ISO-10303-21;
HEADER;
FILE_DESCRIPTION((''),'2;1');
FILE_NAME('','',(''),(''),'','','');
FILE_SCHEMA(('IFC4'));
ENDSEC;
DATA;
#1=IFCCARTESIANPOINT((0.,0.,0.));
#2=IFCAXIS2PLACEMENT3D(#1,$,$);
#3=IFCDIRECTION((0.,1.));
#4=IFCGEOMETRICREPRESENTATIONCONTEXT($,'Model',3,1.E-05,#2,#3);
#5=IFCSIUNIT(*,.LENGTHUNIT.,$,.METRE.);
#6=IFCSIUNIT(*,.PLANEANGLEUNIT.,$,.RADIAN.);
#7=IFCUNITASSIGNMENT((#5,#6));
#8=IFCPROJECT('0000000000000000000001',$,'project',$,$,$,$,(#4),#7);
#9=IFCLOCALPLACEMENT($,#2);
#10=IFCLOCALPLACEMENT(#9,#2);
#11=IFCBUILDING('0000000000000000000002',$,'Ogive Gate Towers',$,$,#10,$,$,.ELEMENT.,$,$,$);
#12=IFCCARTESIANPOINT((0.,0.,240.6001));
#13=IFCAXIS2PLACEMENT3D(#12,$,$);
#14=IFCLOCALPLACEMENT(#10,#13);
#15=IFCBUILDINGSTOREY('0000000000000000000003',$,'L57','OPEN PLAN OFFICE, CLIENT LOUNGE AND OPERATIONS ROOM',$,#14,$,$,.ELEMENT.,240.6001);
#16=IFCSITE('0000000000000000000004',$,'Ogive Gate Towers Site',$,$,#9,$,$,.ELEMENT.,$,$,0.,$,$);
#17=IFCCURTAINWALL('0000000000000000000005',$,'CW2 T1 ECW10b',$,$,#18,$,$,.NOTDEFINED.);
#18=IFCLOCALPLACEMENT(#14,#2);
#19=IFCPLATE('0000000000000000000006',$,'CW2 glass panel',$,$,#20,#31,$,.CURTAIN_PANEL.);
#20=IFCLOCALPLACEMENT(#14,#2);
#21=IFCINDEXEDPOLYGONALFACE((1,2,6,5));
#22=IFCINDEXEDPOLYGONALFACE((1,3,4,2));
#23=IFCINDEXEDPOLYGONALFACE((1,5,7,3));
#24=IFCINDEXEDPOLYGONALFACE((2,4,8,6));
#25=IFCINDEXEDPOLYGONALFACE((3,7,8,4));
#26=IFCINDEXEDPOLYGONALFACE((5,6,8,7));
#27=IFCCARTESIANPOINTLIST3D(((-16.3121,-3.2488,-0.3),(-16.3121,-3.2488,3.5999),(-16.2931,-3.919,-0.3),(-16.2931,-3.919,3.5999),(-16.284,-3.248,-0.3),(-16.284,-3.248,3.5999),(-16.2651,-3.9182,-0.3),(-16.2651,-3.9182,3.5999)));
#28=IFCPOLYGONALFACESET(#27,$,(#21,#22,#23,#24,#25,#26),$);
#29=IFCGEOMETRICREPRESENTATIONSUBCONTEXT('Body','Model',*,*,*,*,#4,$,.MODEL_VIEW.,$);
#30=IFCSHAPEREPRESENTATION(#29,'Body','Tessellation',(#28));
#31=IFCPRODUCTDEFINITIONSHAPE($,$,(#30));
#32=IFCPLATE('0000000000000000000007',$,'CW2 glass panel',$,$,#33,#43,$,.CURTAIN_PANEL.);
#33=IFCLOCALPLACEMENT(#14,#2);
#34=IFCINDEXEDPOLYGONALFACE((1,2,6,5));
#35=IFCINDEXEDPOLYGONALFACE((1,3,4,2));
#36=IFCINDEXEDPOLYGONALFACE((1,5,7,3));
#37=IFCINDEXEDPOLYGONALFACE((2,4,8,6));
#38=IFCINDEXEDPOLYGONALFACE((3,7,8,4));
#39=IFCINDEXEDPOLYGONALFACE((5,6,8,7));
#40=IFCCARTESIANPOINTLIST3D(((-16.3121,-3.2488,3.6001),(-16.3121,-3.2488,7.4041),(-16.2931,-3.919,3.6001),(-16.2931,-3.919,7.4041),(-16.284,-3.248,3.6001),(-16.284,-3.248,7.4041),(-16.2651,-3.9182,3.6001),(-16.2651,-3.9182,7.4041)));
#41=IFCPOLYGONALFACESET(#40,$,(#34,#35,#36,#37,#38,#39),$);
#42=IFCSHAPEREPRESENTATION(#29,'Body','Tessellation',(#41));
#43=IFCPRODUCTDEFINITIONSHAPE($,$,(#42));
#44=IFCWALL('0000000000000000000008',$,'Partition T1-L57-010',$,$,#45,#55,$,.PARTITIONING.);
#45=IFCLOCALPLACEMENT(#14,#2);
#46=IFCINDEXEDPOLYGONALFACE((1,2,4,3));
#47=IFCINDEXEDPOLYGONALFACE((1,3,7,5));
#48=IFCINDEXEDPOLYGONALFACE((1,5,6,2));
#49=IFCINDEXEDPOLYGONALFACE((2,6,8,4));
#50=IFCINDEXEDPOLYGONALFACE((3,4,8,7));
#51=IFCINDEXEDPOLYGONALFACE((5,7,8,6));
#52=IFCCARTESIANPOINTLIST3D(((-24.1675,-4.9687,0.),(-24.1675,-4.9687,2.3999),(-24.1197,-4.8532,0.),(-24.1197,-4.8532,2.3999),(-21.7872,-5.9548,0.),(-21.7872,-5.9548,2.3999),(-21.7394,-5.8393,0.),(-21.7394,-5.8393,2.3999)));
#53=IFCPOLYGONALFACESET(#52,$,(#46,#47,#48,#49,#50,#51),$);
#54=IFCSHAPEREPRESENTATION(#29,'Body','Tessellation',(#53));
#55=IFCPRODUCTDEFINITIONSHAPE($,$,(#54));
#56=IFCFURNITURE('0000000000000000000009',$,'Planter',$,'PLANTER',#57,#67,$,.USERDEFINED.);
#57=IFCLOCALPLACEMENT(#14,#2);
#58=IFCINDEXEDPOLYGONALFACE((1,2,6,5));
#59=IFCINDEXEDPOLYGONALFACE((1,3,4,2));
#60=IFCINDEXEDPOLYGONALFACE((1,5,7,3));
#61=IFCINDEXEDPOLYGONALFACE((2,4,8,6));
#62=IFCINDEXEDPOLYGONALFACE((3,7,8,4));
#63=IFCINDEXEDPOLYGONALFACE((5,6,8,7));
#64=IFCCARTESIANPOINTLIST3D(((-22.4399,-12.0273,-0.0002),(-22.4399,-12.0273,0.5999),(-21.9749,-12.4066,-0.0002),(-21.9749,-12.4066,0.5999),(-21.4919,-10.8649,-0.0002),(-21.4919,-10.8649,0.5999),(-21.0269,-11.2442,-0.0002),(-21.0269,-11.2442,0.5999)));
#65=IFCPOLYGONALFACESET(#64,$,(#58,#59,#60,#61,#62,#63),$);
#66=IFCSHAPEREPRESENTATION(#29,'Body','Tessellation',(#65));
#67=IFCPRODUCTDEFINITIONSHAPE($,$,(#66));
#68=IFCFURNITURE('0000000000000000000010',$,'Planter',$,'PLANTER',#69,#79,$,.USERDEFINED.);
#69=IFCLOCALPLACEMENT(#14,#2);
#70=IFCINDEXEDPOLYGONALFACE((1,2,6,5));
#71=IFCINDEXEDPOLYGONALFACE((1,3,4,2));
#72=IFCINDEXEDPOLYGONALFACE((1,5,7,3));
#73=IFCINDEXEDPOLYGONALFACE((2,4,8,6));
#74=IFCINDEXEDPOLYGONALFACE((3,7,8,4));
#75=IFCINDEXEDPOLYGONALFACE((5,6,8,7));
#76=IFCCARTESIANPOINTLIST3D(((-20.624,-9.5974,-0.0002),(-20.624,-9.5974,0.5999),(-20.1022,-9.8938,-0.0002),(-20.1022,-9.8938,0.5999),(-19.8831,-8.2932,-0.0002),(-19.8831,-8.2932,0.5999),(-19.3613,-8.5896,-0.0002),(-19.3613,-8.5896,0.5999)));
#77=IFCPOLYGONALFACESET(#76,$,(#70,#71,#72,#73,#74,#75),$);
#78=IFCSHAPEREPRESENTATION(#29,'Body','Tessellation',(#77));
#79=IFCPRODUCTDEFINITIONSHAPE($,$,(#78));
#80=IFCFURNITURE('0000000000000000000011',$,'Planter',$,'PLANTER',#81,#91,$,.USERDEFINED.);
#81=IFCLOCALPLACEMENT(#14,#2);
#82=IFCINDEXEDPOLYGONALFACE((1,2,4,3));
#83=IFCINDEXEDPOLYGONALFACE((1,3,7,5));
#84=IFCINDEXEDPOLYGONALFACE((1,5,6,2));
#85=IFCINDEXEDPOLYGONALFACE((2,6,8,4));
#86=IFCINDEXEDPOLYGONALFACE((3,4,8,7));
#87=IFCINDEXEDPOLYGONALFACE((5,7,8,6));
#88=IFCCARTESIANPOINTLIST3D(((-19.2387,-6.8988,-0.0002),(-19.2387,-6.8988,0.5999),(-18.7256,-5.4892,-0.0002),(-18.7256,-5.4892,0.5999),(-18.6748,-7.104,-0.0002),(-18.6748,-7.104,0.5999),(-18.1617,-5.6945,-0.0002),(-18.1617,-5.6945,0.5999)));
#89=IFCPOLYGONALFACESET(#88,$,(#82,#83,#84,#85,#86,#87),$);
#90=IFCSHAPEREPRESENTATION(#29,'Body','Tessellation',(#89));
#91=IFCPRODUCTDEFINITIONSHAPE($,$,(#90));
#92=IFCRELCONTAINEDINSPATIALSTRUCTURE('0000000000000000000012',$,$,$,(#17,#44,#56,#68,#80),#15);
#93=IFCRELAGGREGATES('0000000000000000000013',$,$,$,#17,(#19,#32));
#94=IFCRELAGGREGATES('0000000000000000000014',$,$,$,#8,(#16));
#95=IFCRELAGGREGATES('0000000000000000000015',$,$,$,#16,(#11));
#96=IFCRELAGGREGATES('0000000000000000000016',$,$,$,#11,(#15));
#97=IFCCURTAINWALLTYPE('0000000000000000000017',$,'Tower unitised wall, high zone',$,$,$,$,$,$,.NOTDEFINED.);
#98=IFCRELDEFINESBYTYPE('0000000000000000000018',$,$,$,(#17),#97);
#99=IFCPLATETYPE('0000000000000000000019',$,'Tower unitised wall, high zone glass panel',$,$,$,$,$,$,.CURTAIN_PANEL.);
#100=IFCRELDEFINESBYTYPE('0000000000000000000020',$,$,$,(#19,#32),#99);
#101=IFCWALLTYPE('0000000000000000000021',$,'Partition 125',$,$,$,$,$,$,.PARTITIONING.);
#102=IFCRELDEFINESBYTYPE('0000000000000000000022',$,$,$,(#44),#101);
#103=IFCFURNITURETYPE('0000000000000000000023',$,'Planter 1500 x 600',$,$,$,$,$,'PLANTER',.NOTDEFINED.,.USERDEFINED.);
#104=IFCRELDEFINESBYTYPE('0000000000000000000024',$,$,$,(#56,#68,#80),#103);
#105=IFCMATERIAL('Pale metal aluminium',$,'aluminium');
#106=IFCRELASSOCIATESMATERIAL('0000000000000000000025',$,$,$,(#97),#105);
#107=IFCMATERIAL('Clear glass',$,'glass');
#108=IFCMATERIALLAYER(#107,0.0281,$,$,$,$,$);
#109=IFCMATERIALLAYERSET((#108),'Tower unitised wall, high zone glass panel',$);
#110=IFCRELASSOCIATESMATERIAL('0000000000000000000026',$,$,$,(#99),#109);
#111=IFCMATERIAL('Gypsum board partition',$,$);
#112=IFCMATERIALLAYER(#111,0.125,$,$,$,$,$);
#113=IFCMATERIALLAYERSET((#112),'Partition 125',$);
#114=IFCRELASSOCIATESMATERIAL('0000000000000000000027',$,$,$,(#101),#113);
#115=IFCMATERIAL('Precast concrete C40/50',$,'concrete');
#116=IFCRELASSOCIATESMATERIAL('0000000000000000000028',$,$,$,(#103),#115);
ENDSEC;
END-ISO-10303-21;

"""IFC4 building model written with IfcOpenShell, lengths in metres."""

from ifc_helpers import new_model, si_unit, direction, frame, frame_2d, origin, origin_2d, place, context, subcontext, project, spatial, rectangle, extrude, material, layer, layer_set, type_object, element, aggregate, save


model = new_model("IFC4")

# Units and contexts
model_context = context("Model", 3, precision=1e-05, world=origin(), true_north=direction((0.0, 1.0)))
body_context = subcontext(model_context, "Body", "Model", "MODEL_VIEW")
ifc_project = project(units=[si_unit("LENGTHUNIT", "METRE"), si_unit("PLANEANGLEUNIT", "RADIAN")], contexts=[model_context])

# Site, building, storey
site_placement = place(None, origin())
site = spatial("IfcSite", under=ifc_project, at=site_placement, Name="Ogive Gate Towers Site", CompositionType="ELEMENT", RefElevation=0.0)
building_placement = place(site_placement, origin())
building = spatial("IfcBuilding", under=site, at=building_placement, Name="Ogive Gate Towers", CompositionType="ELEMENT")
storey_placement = place(building_placement, frame((0.0, 0.0, 240.6001)))
storey = spatial("IfcBuildingStorey", under=building, at=storey_placement, Name="L57", Description="OPEN PLAN OFFICE, CLIENT LOUNGE AND OPERATIONS ROOM", CompositionType="ELEMENT", Elevation=240.6001)

# Shared definitions
ifc_material_1 = material(Name="Pale metal aluminium", Category="aluminium")

# Curtain wall
curtain_wall_type_1 = type_object("IfcCurtainWallType", Name="Tower unitised wall, high zone", PredefinedType="NOTDEFINED", material=ifc_material_1)
curtain_wall_1_placement = place(storey_placement, origin())
curtain_wall_1 = element("IfcCurtainWall", 1, at=curtain_wall_1_placement, inside=storey, type_object=curtain_wall_type_1, Name="CW2 T1 ECW10b", PredefinedType="NOTDEFINED")

# Plates
ifc_material_2 = material(Name="Clear glass", Category="glass")
ifc_layer_1 = layer(ifc_material_2, 0.0281)
ifc_layer_set_1 = layer_set([ifc_layer_1], Name="Tower unitised wall, high zone glass panel")
plate_type_1 = type_object("IfcPlateType", Name="Tower unitised wall, high zone glass panel", PredefinedType="CURTAIN_PANEL", material=ifc_layer_set_1)
plate_1_placement = place(storey_placement, frame((-16.2886, -3.5835, -0.3), z_axis=(0.0, 0.0, 1.0), x_axis=(-0.028305, 0.999599, 0.0)))
plate_1 = element("IfcPlate", 2, at=plate_1_placement, type_object=plate_type_1, Name="CW2 glass panel", PredefinedType="CURTAIN_PANEL", context=body_context, shape_type="SweptSolid", body=[
    extrude(rectangle(XDim=0.6704, YDim=0.0281, at=origin_2d()), origin(), (0.0, 0.0, 1.0), 3.8999),
])
plate_2_placement = place(storey_placement, frame((-16.2886, -3.5835, 3.6001), z_axis=(0.0, 0.0, 1.0), x_axis=(-0.028305, 0.999599, 0.0)))
plate_2 = element("IfcPlate", 3, at=plate_2_placement, type_object=plate_type_1, Name="CW2 glass panel", PredefinedType="CURTAIN_PANEL", context=body_context, shape_type="SweptSolid", body=[
    extrude(rectangle(XDim=0.6704, YDim=0.0281, at=origin_2d()), origin(), (0.0, 0.0, 1.0), 3.804),
])
aggregate(curtain_wall_1, [plate_1, plate_2])

# Wall
ifc_material_3 = material(Name="Gypsum board partition")
ifc_layer_2 = layer(ifc_material_3, 0.125)
ifc_layer_set_2 = layer_set([ifc_layer_2], Name="Partition 125")
wall_type = type_object("IfcWallType", Name="Partition 125", PredefinedType="PARTITIONING", material=ifc_layer_set_2)
wall_placement = place(storey_placement, frame((-21.7634, -5.897, 0.0), z_axis=(0.0, 0.0, 1.0), x_axis=(-0.923866, 0.382717, 0.0)))
element("IfcWall", 4, at=wall_placement, inside=storey, type_object=wall_type, Name="Partition T1-L57-010", PredefinedType="PARTITIONING", context=body_context, shape_type="SweptSolid", body=[
    extrude(rectangle(XDim=2.5764, YDim=0.125, at=frame_2d((1.2881, 0.0))), origin(), (0.0, 0.0, 1.0), 2.3999),
])

# Furniture
ifc_material_4 = material(Name="Precast concrete C40/50", Category="concrete")
furniture_type = type_object("IfcFurnitureType", Name="Planter 1500 x 600", ElementType="PLANTER", AssemblyPlace="NOTDEFINED", PredefinedType="USERDEFINED", material=ifc_material_4)
for number, where, z_axis, x_axis, name in (
    (5, (-21.7334, -11.6357, -0.0002), (0.0, 0.0, 1.0), (0.632029, 0.774944, 0.0), "Planter"),
    (6, (-19.9927, -9.0935, -0.0002), (0.0, 0.0, 1.0), (0.493942, 0.869495, 0.0), "Planter"),
    (7, (-18.7002, -6.2966, -0.0002), (0.0, 0.0, 1.0), (0.34202, 0.939693, 0.0), "Planter"),
):
    element("IfcFurniture", number, at=place(storey_placement, frame(where, z_axis=z_axis, x_axis=x_axis)), inside=storey, type_object=furniture_type, Name=name, ObjectType="PLANTER", PredefinedType="USERDEFINED", context=body_context, shape_type="SweptSolid", body=[
        extrude(rectangle(XDim=1.5, YDim=0.6001, at=origin_2d()), origin(), (0.0, 0.0, 1.0), 0.6001),
    ])

save(model, "model.ifc")
